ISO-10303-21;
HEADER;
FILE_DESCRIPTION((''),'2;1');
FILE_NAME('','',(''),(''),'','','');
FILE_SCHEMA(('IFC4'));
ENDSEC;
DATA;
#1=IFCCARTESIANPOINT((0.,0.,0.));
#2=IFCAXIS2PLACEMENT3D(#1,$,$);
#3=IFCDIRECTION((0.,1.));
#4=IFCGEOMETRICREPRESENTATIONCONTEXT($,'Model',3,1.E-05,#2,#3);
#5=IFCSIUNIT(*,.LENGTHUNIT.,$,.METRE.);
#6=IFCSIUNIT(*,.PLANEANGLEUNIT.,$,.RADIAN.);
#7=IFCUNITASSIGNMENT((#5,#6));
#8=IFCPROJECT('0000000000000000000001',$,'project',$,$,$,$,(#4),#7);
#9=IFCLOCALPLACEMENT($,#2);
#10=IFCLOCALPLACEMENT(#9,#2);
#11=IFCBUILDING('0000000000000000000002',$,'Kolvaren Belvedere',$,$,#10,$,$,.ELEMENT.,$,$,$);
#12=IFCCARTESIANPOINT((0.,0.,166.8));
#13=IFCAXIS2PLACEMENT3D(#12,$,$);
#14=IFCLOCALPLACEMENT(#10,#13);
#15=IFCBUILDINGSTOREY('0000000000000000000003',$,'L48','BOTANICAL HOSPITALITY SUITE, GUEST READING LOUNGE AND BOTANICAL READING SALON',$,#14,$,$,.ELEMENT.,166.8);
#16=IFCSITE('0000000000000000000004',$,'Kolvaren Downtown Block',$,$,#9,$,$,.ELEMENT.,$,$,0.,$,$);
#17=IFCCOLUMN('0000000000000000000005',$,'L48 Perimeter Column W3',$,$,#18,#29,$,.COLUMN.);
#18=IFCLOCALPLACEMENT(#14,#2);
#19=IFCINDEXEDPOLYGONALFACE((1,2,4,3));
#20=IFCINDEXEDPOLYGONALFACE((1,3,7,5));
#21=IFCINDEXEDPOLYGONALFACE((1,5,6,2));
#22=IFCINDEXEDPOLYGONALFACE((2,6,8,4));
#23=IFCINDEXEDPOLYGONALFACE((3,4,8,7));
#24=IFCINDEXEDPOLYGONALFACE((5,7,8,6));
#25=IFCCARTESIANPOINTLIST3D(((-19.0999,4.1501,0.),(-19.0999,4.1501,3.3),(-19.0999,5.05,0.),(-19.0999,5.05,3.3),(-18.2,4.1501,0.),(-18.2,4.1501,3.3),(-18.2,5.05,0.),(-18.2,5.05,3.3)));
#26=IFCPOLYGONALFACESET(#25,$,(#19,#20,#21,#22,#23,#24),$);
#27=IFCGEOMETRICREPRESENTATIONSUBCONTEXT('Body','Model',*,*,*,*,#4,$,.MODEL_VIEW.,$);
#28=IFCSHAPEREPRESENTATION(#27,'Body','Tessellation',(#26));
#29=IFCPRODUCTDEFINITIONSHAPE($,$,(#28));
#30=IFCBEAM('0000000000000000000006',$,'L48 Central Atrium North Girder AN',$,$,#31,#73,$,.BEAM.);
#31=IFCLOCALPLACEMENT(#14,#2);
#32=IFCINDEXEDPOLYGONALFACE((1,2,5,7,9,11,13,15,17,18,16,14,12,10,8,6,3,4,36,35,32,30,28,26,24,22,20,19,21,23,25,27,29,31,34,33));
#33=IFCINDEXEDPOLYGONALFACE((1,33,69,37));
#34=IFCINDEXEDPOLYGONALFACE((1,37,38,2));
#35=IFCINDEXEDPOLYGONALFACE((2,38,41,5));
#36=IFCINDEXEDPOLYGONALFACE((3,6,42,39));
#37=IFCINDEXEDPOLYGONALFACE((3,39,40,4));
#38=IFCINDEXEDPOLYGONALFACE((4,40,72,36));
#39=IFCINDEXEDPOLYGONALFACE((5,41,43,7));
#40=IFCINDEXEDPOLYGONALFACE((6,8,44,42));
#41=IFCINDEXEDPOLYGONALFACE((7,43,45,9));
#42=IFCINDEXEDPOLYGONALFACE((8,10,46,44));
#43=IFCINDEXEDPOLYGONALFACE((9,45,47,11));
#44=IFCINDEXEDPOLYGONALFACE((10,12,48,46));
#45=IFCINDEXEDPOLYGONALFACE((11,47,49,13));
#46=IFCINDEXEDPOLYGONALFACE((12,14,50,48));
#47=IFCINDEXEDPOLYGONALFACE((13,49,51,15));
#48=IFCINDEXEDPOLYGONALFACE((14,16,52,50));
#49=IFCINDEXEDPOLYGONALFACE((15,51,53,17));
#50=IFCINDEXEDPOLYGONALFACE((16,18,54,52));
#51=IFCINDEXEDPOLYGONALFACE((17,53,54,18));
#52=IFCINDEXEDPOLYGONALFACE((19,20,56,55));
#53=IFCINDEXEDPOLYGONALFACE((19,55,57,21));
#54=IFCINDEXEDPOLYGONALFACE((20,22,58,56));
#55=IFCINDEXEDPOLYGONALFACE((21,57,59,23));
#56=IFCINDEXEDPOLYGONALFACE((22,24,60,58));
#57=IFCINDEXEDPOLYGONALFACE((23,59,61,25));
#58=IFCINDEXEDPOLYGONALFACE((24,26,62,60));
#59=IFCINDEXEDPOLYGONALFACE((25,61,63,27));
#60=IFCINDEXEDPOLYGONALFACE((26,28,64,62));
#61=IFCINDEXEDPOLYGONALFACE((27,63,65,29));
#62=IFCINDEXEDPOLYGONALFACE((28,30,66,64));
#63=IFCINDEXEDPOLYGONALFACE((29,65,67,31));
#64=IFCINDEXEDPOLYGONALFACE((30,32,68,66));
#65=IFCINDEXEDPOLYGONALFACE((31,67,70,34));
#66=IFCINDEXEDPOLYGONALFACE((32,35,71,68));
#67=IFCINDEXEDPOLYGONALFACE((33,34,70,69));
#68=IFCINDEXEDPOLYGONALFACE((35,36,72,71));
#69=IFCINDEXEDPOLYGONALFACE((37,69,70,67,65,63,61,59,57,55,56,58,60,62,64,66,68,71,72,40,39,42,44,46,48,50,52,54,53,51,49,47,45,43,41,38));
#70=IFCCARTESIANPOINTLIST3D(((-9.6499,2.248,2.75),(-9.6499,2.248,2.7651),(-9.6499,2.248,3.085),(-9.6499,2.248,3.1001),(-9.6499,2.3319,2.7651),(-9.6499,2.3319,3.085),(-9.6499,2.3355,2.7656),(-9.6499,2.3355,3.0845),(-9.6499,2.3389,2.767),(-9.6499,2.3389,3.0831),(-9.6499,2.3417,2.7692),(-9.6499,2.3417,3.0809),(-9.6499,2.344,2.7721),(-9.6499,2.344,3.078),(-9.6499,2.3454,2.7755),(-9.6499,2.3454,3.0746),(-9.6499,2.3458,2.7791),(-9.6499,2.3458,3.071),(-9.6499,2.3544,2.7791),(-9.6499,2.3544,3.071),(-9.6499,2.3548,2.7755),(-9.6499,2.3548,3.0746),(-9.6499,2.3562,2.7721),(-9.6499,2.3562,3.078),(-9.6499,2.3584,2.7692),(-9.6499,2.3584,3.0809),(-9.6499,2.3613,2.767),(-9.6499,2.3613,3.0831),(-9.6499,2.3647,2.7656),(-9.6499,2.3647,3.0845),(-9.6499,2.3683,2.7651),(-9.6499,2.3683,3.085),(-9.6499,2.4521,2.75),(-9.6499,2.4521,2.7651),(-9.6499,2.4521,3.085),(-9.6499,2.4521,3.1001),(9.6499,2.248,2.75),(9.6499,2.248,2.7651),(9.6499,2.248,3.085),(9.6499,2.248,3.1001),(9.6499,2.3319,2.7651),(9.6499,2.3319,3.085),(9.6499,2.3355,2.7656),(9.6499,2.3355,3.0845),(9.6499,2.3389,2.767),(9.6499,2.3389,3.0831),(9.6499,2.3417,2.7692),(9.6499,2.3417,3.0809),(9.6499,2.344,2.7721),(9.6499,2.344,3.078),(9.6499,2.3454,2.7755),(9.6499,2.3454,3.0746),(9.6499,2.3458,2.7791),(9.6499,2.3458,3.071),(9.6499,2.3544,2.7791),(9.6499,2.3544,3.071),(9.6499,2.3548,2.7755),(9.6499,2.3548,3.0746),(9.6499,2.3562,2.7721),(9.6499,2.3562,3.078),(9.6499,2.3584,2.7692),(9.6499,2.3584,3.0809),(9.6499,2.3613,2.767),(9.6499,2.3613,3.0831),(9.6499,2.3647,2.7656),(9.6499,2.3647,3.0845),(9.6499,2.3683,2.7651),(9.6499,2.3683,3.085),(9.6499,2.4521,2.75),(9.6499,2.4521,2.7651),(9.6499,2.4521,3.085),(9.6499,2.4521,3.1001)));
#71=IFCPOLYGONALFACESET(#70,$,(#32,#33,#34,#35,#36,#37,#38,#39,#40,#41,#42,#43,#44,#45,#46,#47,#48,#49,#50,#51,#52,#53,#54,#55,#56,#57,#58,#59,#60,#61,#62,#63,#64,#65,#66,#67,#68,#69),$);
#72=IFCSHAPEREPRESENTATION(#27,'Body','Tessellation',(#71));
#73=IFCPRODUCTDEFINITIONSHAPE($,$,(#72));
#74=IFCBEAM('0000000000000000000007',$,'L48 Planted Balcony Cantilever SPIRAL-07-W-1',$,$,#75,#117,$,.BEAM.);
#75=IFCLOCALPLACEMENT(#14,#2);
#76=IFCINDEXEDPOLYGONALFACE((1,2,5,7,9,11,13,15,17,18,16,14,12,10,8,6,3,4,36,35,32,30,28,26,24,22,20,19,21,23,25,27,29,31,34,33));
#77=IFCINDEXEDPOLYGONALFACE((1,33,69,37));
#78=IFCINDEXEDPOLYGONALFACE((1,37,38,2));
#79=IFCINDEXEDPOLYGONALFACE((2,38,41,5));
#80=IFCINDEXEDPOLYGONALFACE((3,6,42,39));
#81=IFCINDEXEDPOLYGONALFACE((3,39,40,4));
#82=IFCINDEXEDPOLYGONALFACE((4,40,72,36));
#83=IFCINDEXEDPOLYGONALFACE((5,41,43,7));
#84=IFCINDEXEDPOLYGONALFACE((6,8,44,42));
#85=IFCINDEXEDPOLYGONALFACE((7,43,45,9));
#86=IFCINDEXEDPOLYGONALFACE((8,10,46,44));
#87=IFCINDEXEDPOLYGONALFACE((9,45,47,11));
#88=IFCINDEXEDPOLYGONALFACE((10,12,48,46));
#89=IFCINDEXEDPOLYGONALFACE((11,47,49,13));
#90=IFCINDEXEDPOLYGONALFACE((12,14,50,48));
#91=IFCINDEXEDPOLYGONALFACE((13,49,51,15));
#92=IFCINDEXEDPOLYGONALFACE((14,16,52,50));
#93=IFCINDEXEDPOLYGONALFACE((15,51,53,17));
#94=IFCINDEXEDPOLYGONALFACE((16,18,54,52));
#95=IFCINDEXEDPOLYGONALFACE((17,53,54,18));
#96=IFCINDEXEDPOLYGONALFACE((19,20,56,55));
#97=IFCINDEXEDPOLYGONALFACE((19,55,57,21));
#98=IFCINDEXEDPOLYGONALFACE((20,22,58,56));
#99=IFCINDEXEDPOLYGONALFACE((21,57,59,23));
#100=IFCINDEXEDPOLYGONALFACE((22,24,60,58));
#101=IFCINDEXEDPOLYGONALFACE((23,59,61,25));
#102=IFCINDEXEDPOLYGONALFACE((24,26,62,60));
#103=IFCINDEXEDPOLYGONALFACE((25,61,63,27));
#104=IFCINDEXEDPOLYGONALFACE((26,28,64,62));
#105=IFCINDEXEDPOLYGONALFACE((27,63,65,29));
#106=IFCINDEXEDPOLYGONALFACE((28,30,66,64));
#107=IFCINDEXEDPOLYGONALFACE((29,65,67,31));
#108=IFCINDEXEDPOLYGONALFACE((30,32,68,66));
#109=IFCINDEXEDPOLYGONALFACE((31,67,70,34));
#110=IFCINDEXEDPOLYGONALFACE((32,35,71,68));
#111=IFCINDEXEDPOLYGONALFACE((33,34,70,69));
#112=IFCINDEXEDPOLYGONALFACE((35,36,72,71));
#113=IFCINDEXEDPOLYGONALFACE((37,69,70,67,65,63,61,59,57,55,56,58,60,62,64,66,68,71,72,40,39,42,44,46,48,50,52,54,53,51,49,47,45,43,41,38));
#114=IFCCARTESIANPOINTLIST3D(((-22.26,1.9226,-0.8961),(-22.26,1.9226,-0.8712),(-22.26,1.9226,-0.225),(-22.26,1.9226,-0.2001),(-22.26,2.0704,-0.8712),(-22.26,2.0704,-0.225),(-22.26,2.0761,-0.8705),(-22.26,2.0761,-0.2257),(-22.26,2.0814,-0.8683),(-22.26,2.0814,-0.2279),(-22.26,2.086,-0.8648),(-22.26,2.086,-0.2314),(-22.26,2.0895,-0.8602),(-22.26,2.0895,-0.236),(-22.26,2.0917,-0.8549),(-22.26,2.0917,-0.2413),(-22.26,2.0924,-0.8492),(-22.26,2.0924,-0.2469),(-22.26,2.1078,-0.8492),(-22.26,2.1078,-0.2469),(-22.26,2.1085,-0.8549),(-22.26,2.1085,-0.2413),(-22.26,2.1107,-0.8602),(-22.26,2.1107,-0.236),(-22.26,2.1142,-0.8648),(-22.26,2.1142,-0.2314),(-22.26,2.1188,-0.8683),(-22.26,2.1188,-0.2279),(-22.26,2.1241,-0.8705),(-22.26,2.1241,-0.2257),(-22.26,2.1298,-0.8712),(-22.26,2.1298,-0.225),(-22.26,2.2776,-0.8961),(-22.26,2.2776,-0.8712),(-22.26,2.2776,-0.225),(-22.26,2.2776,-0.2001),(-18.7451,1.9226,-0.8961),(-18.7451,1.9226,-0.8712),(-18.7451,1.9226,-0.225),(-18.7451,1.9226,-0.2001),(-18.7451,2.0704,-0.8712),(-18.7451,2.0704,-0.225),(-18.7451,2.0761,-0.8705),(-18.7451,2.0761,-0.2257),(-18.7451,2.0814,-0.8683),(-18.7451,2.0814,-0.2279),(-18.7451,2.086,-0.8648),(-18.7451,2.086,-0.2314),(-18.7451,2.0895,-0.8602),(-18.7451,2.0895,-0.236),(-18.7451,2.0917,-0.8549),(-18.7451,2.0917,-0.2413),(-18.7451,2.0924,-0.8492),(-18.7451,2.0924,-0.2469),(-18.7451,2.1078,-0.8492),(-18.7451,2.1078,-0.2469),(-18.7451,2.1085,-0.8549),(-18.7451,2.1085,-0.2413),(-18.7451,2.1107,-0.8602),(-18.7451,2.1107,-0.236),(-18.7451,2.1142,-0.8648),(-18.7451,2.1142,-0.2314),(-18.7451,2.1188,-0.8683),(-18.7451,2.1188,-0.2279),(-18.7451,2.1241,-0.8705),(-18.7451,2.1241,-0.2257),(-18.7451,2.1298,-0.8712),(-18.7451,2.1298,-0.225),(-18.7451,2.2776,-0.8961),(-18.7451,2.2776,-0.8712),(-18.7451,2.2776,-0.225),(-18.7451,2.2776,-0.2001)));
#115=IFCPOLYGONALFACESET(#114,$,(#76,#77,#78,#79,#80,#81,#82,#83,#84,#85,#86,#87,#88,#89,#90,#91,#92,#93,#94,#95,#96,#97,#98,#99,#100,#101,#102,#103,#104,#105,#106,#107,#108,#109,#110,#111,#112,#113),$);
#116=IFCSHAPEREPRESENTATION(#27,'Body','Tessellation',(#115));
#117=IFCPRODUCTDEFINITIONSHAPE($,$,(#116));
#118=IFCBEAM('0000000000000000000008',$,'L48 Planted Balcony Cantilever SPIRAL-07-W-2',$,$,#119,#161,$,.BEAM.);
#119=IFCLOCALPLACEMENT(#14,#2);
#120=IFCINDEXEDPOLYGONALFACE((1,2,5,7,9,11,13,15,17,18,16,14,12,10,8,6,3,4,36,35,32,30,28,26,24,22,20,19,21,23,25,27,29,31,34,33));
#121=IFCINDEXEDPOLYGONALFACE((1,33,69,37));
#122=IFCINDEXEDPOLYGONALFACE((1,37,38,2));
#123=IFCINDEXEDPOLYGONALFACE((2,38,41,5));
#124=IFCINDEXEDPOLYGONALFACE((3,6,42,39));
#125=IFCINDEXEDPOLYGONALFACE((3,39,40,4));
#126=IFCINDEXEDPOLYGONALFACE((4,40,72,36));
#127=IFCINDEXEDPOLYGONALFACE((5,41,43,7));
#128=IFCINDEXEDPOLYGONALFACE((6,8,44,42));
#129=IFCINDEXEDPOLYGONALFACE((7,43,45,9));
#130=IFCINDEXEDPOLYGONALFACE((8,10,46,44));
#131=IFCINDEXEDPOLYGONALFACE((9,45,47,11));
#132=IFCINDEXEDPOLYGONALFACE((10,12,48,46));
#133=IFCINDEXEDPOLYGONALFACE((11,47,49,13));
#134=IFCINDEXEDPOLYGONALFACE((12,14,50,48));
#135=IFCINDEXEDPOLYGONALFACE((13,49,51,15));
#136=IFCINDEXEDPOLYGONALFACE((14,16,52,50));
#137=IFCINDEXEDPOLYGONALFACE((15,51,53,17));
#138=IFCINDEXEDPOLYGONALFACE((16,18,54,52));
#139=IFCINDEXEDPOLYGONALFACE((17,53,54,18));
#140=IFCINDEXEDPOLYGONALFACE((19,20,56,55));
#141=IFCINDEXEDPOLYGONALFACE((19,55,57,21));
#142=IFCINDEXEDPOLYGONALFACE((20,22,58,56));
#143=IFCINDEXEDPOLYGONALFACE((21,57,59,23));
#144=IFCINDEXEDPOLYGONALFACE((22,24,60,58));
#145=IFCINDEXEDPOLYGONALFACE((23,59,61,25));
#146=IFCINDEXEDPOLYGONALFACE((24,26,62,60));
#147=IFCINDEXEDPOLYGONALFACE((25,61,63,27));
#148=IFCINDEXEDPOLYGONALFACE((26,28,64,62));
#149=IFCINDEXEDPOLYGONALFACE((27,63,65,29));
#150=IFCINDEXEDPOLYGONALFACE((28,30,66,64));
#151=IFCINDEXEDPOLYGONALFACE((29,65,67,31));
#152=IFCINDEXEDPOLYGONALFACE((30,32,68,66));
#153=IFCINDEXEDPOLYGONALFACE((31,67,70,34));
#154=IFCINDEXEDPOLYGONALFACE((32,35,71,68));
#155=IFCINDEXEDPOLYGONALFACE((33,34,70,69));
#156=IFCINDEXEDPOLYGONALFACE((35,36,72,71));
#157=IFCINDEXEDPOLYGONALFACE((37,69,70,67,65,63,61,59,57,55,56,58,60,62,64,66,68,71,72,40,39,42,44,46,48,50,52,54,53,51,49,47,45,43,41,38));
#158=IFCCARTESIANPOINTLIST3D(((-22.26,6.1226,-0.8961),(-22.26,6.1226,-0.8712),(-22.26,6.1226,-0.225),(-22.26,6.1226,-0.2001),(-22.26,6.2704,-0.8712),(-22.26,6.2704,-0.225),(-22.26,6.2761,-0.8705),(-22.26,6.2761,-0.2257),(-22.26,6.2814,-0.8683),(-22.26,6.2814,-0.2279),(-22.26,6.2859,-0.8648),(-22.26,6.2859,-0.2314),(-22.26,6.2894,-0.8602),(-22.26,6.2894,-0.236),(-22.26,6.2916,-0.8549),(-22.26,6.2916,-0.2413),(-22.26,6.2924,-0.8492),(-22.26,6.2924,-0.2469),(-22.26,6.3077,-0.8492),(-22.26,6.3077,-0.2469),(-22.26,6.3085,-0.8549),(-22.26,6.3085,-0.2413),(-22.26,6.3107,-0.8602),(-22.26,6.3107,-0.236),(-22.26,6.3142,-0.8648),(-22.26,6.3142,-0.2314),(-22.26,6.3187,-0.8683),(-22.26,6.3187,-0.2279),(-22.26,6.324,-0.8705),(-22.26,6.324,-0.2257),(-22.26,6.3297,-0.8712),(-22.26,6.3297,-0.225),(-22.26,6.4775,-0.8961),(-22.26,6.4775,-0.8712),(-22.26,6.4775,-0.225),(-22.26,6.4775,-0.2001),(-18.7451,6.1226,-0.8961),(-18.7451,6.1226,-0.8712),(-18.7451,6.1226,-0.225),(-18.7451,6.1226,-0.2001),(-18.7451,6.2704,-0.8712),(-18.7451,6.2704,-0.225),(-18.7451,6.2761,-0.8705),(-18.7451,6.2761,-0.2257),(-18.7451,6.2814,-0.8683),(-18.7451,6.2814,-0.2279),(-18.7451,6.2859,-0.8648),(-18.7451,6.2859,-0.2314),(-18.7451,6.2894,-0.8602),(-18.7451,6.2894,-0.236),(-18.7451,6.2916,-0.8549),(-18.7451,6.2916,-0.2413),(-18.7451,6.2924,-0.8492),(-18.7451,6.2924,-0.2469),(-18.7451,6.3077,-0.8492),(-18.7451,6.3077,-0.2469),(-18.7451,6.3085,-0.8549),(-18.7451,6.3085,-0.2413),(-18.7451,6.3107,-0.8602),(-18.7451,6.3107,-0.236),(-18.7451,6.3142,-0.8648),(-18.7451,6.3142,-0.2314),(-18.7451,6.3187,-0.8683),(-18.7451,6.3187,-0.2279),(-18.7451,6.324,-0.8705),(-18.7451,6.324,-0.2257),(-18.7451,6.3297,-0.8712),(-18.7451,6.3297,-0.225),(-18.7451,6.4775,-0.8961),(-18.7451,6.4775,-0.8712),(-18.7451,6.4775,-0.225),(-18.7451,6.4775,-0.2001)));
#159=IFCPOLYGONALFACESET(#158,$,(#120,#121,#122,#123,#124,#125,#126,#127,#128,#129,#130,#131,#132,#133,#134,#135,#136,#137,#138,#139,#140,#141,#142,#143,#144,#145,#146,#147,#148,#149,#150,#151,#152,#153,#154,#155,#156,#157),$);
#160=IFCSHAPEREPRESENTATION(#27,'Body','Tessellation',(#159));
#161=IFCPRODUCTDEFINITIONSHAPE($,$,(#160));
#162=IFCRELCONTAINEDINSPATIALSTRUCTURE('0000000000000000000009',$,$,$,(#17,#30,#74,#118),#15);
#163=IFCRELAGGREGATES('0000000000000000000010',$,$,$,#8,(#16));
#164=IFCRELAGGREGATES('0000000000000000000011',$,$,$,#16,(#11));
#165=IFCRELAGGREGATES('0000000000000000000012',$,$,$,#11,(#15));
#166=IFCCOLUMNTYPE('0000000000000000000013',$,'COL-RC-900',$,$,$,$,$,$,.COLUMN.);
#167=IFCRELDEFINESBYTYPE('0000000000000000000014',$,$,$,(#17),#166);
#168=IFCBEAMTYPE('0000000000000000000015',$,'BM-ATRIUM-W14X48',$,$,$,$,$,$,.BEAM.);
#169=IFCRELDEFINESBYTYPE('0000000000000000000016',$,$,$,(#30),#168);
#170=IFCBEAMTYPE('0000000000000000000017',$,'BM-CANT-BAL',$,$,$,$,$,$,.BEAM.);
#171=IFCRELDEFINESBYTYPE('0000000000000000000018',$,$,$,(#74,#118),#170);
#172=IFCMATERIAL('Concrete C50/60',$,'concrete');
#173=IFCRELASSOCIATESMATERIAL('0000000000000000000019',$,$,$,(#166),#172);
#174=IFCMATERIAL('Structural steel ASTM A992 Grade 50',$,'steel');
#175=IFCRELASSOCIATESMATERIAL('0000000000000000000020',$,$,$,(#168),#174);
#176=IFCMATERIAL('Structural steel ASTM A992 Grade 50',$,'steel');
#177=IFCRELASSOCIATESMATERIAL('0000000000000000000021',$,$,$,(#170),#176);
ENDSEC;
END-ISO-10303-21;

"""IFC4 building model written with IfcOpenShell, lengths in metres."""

from ifc_helpers import new_model, si_unit, direction, frame, origin, origin_2d, place, context, subcontext, project, spatial, rectangle, i_section, extrude, material, material_profile, profile_set, type_object, element, save


model = new_model("IFC4")

# Units and contexts
model_context = context("Model", 3, precision=1e-05, world=origin(), true_north=direction((0.0, 1.0)))
body_context = subcontext(model_context, "Body", "Model", "MODEL_VIEW")
ifc_project = project(units=[si_unit("LENGTHUNIT", "METRE"), si_unit("PLANEANGLEUNIT", "RADIAN")], contexts=[model_context])

# Site, building, storey
site_placement = place(None, origin())
site = spatial("IfcSite", under=ifc_project, at=site_placement, Name="Kolvaren Downtown Block", CompositionType="ELEMENT", RefElevation=0.0)
building_placement = place(site_placement, origin())
building = spatial("IfcBuilding", under=site, at=building_placement, Name="Kolvaren Belvedere", CompositionType="ELEMENT")
storey_placement = place(building_placement, frame((0.0, 0.0, 166.8)))
storey = spatial("IfcBuildingStorey", under=building, at=storey_placement, Name="L48", Description="BOTANICAL HOSPITALITY SUITE, GUEST READING LOUNGE AND BOTANICAL READING SALON", CompositionType="ELEMENT", Elevation=166.8)

# Column
ifc_material_1 = material(Name="Concrete C50/60", Category="concrete")
ifc_material_profile_1 = material_profile(ifc_material_1, rectangle(XDim=0.8999, YDim=0.8999, at=origin_2d()), Name="RC 900X900")
ifc_profile_set_1 = profile_set([ifc_material_profile_1], Name="Concrete C50/60")
column_type = type_object("IfcColumnType", Name="COL-RC-900", PredefinedType="COLUMN", material=ifc_profile_set_1)
column_placement = place(storey_placement, frame((-18.6499, 4.6001, 0.0), z_axis=(0.0, 0.0, 1.0), x_axis=(1.0, 0.0, 0.0)))
element("IfcColumn", 1, at=column_placement, inside=storey, type_object=column_type, Name="L48 Perimeter Column W3", PredefinedType="COLUMN", context=body_context, shape_type="SweptSolid", body=[
    extrude(rectangle(XDim=0.8999, YDim=0.8999, at=origin_2d()), origin(), (0.0, 0.0, 1.0), 3.3),
])

# Beams
ifc_material_2 = material(Name="Structural steel ASTM A992 Grade 50", Category="steel")
ifc_material_profile_2 = material_profile(ifc_material_2, i_section(OverallWidth=0.2041, OverallDepth=0.3501, WebThickness=0.0085, FlangeThickness=0.0151, FilletRadius=0.0139, at=origin_2d()), Name="W14X48")
ifc_profile_set_2 = profile_set([ifc_material_profile_2], Name="Structural steel ASTM A992 Grade 50")
beam_type_1 = type_object("IfcBeamType", Name="BM-ATRIUM-W14X48", PredefinedType="BEAM", material=ifc_profile_set_2)
beam_1_placement = place(storey_placement, frame((-9.6499, 2.3501, 2.925), z_axis=(1.0, 0.0, 0.0), x_axis=(0.0, 1.0, 0.0)))
element("IfcBeam", 2, at=beam_1_placement, inside=storey, type_object=beam_type_1, Name="L48 Central Atrium North Girder AN", PredefinedType="BEAM", context=body_context, shape_type="SweptSolid", body=[
    extrude(i_section(OverallWidth=0.2041, OverallDepth=0.3501, WebThickness=0.0085, FlangeThickness=0.0151, FilletRadius=0.0139, at=origin_2d()), origin(), (0.0, 0.0, 1.0), 19.2998),
])
ifc_material_3 = material(Name="Structural steel ASTM A992 Grade 50", Category="steel")
ifc_material_profile_3 = material_profile(ifc_material_3, i_section(OverallWidth=0.355, OverallDepth=0.696, WebThickness=0.0154, FlangeThickness=0.0249, FilletRadius=0.022, at=origin_2d()), Name="W27X146")
ifc_profile_set_3 = profile_set([ifc_material_profile_3], Name="Structural steel ASTM A992 Grade 50")
beam_type_2 = type_object("IfcBeamType", Name="BM-CANT-BAL", PredefinedType="BEAM", material=ifc_profile_set_3)
for number, where, z_axis, x_axis, name in (
    (3, (-18.7451, 2.1001, -0.5481), (-1.0, 0.0, 0.0), (0.0, -1.0, 0.0), "L48 Planted Balcony Cantilever SPIRAL-07-W-1"),
    (4, (-18.7451, 6.3, -0.5481), (-1.0, 0.0, 0.0), (0.0, -1.0, 0.0), "L48 Planted Balcony Cantilever SPIRAL-07-W-2"),
):
    element("IfcBeam", number, at=place(storey_placement, frame(where, z_axis=z_axis, x_axis=x_axis)), inside=storey, type_object=beam_type_2, Name=name, PredefinedType="BEAM", context=body_context, shape_type="SweptSolid", body=[
        extrude(i_section(OverallWidth=0.355, OverallDepth=0.696, WebThickness=0.0154, FlangeThickness=0.0249, FilletRadius=0.022, at=origin_2d()), origin(), (0.0, 0.0, 1.0), 3.5149),
    ])

save(model, "model.ifc")
